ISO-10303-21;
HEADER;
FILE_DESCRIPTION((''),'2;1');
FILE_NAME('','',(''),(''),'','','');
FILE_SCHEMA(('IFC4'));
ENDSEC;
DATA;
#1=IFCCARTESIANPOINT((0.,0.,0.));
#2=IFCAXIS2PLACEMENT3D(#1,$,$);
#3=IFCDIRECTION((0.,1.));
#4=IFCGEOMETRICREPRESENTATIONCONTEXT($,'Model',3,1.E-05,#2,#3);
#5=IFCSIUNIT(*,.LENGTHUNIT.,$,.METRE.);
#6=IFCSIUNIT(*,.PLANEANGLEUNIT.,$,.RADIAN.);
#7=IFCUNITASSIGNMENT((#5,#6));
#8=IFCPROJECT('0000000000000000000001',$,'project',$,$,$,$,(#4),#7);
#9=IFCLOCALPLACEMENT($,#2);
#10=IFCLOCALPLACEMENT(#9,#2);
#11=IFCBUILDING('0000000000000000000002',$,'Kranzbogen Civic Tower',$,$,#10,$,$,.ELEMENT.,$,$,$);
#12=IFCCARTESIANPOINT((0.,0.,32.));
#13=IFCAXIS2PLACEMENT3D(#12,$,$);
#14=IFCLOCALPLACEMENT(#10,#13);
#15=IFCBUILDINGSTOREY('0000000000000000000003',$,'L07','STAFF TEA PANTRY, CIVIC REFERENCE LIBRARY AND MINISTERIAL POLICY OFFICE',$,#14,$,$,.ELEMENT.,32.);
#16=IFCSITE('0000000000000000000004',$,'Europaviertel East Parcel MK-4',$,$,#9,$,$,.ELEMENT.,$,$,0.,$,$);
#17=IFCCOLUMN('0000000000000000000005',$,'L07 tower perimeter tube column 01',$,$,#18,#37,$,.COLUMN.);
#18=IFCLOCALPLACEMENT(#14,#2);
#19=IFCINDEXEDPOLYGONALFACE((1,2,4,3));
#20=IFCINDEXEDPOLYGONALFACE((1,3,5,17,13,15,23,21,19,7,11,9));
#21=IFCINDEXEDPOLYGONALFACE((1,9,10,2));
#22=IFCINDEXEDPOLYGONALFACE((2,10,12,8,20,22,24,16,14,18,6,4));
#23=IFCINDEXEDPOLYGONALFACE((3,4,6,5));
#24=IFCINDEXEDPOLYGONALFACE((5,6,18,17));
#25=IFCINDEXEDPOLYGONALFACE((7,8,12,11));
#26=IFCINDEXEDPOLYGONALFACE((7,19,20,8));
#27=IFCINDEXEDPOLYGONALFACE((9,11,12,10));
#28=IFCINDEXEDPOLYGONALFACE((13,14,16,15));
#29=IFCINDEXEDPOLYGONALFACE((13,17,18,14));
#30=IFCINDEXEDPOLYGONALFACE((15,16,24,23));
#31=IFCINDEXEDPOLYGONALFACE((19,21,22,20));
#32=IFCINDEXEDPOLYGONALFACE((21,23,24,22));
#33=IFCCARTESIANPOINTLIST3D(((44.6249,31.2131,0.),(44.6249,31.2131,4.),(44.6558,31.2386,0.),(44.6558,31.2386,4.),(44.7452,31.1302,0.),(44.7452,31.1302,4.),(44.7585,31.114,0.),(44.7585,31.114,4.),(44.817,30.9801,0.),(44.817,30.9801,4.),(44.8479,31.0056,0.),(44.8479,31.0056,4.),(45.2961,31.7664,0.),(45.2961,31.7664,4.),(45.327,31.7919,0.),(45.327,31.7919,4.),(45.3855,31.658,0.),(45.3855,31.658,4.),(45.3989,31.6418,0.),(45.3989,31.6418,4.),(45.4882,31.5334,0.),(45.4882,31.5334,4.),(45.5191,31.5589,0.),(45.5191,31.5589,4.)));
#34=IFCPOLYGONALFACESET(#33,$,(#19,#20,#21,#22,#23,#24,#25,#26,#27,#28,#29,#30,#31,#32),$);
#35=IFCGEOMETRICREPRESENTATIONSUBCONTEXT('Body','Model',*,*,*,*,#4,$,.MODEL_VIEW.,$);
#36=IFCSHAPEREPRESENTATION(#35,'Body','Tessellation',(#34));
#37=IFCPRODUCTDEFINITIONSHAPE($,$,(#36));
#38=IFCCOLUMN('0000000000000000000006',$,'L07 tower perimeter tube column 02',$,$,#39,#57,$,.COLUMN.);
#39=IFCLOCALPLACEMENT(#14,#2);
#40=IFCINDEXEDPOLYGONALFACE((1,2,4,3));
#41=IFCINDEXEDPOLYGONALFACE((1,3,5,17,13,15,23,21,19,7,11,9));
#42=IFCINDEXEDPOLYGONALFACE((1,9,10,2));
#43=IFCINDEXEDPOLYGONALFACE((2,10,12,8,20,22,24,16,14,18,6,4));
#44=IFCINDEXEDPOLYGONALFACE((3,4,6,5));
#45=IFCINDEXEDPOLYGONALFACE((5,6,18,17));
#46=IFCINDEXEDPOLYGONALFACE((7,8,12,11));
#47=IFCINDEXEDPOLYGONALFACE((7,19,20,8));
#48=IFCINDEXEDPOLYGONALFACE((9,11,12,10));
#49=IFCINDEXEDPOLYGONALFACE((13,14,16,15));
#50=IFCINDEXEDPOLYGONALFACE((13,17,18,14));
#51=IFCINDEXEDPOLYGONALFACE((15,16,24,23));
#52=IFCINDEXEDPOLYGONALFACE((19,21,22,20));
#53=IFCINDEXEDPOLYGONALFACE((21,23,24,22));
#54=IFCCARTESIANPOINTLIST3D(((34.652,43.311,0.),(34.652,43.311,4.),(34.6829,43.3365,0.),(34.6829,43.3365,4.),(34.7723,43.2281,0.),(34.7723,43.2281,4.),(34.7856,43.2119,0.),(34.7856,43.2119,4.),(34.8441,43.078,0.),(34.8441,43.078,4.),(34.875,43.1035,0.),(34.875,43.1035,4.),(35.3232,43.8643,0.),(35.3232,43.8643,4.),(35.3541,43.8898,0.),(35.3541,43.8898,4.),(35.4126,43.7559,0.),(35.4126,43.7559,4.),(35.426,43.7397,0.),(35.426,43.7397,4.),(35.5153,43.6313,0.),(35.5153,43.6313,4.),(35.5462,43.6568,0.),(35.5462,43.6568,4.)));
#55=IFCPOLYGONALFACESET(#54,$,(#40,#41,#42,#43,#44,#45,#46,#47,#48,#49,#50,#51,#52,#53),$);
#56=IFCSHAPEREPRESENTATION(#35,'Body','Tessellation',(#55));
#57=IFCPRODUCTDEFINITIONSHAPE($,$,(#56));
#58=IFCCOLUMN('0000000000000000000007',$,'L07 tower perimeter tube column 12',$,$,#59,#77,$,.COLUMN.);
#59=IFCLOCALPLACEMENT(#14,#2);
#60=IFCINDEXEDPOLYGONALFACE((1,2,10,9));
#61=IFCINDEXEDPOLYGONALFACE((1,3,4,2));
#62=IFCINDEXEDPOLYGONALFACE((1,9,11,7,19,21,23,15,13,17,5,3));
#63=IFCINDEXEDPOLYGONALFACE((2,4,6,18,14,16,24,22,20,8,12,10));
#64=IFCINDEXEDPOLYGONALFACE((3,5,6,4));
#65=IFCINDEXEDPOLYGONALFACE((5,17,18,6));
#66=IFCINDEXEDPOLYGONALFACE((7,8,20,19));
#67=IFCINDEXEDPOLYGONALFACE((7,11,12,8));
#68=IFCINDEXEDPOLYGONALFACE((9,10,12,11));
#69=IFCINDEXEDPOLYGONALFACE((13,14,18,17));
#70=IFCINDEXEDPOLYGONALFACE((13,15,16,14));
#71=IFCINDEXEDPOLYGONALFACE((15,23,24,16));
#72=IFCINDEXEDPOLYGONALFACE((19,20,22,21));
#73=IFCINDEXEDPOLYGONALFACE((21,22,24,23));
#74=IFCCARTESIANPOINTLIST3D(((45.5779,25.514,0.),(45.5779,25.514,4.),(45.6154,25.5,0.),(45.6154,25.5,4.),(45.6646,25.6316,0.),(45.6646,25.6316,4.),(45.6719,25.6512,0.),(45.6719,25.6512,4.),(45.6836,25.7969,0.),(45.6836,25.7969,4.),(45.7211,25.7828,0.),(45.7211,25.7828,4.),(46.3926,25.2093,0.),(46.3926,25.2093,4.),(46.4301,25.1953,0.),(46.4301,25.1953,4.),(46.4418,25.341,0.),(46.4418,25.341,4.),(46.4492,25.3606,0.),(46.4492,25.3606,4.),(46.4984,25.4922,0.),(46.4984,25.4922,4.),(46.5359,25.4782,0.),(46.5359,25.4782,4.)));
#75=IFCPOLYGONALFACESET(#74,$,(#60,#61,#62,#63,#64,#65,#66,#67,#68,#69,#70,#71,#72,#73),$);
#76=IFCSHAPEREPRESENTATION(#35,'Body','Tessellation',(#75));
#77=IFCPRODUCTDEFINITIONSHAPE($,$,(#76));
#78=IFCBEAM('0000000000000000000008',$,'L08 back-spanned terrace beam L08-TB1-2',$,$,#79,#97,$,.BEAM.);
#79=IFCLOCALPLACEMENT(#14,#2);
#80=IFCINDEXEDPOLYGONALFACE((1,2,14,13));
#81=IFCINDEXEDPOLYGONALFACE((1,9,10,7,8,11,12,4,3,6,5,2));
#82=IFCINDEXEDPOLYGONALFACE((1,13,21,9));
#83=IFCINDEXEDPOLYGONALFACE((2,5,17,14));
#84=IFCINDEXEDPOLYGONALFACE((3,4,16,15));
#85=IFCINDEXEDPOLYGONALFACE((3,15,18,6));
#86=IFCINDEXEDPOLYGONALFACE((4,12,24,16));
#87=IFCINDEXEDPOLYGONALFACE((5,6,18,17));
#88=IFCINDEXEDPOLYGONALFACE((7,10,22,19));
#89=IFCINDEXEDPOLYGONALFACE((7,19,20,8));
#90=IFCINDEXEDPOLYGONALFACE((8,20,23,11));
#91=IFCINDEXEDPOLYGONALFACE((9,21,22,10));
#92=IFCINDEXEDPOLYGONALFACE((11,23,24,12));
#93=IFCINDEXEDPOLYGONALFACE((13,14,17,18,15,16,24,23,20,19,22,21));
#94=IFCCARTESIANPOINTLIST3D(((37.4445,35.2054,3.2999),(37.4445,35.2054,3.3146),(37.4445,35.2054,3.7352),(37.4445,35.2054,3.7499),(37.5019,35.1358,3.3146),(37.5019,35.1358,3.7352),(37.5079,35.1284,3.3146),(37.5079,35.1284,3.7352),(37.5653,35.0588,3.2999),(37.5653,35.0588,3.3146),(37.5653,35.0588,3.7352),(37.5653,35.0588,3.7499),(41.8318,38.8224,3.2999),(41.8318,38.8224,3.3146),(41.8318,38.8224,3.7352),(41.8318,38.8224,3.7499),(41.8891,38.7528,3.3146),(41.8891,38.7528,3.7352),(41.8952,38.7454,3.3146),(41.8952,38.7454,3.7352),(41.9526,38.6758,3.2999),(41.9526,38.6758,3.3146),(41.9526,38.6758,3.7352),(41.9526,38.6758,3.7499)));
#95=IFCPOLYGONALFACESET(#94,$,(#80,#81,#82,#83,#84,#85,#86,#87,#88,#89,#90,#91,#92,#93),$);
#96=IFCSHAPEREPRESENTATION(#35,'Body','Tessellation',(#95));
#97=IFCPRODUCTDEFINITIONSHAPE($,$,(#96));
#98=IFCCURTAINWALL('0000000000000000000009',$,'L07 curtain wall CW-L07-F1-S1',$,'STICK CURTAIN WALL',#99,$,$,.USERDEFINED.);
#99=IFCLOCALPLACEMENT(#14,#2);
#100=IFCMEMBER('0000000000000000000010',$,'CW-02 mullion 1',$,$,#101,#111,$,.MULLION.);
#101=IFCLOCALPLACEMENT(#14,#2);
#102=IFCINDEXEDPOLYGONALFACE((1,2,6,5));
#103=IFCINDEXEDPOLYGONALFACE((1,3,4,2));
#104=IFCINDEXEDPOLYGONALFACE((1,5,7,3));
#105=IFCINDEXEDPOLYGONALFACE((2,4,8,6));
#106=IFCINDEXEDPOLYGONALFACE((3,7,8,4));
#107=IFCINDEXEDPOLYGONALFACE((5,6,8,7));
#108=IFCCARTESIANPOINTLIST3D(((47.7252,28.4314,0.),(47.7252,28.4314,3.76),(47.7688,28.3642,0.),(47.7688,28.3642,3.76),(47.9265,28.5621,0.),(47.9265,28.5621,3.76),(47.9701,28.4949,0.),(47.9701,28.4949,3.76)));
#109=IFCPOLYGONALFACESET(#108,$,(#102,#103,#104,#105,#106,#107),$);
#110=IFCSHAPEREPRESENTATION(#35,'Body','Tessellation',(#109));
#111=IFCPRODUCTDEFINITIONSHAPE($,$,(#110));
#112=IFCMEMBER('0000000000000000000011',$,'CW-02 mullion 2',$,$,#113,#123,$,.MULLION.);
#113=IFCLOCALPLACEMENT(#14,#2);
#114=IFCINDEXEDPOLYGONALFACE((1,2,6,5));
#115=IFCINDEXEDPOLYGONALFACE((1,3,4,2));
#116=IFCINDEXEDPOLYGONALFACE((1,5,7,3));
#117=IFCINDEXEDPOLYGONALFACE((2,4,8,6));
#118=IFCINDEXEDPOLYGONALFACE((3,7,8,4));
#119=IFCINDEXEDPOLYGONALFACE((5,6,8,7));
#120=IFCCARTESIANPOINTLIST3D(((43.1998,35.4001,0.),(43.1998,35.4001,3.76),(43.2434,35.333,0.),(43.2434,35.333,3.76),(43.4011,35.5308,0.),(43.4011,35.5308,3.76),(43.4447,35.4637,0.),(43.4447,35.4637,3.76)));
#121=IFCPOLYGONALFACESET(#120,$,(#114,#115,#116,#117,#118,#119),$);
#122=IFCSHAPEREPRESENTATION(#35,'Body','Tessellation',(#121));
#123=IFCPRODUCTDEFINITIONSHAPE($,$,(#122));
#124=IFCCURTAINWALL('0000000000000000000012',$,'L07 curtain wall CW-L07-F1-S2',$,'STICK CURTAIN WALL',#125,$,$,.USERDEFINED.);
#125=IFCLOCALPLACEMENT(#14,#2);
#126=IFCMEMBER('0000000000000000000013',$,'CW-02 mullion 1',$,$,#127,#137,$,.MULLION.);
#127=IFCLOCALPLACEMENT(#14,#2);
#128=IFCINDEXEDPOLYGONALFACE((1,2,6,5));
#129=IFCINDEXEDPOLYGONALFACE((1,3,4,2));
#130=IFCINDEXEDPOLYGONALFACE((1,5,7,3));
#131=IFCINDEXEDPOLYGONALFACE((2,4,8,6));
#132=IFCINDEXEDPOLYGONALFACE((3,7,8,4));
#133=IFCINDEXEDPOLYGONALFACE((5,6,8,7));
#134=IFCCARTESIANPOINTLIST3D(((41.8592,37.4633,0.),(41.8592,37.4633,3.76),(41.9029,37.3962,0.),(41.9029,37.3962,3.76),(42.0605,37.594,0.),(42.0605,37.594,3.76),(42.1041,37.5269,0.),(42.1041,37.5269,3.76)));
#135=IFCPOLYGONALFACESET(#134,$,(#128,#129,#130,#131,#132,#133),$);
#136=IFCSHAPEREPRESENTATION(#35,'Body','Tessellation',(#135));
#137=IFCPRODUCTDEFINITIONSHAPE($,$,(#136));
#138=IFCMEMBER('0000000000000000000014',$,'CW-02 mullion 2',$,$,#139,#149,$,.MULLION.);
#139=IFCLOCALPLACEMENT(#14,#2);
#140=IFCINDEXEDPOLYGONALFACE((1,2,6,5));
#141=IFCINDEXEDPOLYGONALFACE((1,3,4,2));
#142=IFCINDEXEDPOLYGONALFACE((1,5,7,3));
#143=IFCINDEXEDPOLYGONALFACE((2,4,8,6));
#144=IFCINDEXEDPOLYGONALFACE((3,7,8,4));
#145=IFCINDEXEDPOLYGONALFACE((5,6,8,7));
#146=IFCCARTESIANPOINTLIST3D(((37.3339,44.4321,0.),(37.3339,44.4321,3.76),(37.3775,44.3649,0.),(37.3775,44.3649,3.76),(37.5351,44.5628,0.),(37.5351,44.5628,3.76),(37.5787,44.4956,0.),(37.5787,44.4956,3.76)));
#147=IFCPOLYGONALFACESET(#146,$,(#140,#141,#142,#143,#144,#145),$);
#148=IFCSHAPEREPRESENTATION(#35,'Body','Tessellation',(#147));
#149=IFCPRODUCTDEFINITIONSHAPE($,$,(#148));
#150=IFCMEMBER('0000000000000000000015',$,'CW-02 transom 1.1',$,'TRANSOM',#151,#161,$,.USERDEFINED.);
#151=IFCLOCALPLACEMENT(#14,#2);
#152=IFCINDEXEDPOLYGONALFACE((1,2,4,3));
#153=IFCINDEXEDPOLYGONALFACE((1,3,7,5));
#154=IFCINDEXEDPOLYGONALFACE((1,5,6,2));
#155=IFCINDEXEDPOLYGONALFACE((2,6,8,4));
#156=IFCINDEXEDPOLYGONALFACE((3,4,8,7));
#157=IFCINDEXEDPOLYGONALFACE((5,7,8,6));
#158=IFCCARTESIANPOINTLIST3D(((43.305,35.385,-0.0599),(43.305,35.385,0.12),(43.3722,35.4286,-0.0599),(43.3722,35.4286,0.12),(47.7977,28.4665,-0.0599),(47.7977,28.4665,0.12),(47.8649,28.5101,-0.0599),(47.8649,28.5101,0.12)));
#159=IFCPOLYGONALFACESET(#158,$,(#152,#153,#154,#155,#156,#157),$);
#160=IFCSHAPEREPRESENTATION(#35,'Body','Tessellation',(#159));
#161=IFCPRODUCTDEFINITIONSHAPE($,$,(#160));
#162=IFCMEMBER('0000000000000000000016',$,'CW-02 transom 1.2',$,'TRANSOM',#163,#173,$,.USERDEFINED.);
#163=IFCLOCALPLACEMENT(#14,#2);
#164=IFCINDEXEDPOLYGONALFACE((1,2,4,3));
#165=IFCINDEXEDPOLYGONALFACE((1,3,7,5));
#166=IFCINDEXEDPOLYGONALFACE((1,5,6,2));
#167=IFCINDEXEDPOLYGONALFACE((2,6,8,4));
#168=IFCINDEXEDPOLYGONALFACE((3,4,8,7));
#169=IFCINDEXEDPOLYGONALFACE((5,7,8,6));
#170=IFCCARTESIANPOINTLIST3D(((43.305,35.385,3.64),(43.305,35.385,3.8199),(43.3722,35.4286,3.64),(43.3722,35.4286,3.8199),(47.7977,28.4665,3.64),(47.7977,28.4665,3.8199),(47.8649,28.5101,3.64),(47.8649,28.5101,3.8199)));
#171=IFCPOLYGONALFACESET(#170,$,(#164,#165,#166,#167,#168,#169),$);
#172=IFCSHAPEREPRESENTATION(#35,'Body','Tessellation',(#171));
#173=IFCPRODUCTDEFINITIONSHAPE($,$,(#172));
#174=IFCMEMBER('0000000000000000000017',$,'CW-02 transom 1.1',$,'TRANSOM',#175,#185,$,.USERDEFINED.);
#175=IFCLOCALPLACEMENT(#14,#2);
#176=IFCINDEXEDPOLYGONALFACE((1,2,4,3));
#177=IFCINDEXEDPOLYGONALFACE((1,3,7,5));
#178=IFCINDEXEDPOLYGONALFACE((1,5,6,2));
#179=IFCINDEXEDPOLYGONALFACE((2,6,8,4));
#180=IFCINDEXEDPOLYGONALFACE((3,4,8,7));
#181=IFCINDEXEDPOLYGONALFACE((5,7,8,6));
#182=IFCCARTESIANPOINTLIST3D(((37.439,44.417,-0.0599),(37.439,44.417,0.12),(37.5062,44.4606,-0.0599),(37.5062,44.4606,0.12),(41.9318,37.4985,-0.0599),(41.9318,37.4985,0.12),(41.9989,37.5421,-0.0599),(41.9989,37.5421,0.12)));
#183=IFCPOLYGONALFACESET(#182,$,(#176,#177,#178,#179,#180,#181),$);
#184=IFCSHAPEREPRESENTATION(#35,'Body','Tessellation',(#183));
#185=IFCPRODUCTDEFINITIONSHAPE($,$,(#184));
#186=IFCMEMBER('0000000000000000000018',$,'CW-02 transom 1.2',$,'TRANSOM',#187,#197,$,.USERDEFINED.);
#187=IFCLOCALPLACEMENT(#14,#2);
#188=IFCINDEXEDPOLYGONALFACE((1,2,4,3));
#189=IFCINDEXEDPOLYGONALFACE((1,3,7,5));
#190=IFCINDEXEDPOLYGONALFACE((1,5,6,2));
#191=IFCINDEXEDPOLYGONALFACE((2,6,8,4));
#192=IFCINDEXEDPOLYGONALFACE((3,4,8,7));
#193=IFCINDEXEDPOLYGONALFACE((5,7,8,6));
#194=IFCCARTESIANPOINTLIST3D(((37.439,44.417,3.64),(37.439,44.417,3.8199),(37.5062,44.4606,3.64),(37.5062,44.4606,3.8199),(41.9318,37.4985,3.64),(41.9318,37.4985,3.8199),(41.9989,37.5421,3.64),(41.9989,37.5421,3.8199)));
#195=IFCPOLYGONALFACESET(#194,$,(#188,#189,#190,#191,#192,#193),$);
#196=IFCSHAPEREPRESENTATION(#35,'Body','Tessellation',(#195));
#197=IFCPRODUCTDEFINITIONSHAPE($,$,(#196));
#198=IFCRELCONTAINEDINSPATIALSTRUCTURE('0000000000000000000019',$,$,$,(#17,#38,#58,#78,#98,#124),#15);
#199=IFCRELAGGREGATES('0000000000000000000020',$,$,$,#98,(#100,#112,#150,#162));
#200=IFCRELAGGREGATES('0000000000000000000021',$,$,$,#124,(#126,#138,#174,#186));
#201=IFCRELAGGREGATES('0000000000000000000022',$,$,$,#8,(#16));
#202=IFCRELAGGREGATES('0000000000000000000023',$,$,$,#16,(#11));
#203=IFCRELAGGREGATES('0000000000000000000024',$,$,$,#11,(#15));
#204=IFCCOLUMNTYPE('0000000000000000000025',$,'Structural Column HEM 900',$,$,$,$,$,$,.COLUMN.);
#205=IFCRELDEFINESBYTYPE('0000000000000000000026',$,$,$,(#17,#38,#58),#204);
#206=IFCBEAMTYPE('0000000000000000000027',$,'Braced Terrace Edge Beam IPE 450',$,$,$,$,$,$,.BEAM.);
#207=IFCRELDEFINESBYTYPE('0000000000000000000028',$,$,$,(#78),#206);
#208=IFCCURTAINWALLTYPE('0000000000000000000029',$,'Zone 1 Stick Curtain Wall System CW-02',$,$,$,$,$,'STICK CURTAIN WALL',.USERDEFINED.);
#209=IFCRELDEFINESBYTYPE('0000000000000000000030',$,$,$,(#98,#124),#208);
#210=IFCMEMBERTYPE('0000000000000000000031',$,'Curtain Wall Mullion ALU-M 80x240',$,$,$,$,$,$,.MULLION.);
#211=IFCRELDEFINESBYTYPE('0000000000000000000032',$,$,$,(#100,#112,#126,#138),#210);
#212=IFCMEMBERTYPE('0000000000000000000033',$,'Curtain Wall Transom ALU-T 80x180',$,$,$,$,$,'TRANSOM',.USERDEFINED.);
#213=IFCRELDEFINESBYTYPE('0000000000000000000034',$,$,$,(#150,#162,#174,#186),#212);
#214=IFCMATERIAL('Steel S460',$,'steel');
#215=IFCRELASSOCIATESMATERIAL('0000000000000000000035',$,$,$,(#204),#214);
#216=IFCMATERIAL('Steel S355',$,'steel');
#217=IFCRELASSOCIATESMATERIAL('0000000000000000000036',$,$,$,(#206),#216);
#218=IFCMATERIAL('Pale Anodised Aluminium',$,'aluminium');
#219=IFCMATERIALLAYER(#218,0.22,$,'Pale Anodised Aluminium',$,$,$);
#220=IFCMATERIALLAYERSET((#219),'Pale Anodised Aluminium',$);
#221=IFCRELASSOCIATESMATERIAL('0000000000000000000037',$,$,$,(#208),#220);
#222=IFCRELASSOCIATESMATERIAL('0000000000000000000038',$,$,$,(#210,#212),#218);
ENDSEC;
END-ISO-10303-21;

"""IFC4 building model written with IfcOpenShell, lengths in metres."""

from ifc_helpers import new_model, si_unit, direction, frame, origin, origin_2d, place, context, subcontext, project, spatial, rectangle, i_section, extrude, material, layer, layer_set, material_profile, profile_set, type_object, element, aggregate, save


model = new_model("IFC4")

# Units and contexts
model_context = context("Model", 3, precision=1e-05, world=origin(), true_north=direction((0.0, 1.0)))
body_context = subcontext(model_context, "Body", "Model", "MODEL_VIEW")
ifc_project = project(units=[si_unit("LENGTHUNIT", "METRE"), si_unit("PLANEANGLEUNIT", "RADIAN")], contexts=[model_context])

# Site, building, storey
site_placement = place(None, origin())
site = spatial("IfcSite", under=ifc_project, at=site_placement, Name="Europaviertel East Parcel MK-4", CompositionType="ELEMENT", RefElevation=0.0)
building_placement = place(site_placement, origin())
building = spatial("IfcBuilding", under=site, at=building_placement, Name="Kranzbogen Civic Tower", CompositionType="ELEMENT")
storey_placement = place(building_placement, frame((0.0, 0.0, 32.0)))
storey = spatial("IfcBuildingStorey", under=building, at=storey_placement, Name="L07", Description="STAFF TEA PANTRY, CIVIC REFERENCE LIBRARY AND MINISTERIAL POLICY OFFICE", CompositionType="ELEMENT", Elevation=32.0)

# Columns
ifc_material_1 = material(Name="Steel S460", Category="steel")
ifc_material_profile_1 = material_profile(ifc_material_1, i_section(OverallWidth=0.302, OverallDepth=0.9099, WebThickness=0.021, FlangeThickness=0.04, at=origin_2d()), Name="HEM 900")
ifc_profile_set_1 = profile_set([ifc_material_profile_1], Name="Steel S460")
column_type = type_object("IfcColumnType", Name="Structural Column HEM 900", PredefinedType="COLUMN", material=ifc_profile_set_1)
for number, where, z_axis, x_axis, name in (
    (1, (45.072, 31.386, 0.0), (0.0, 0.0, 1.0), (-0.636078, 0.771625, 0.0), "L07 tower perimeter tube column 01"),
    (2, (35.0991, 43.4839, 0.0), (0.0, 0.0, 1.0), (-0.636078, 0.771625, 0.0), "L07 tower perimeter tube column 02"),
    (3, (46.0569, 25.4961, 0.0), (0.0, 0.0, 1.0), (0.350207, 0.936672, 0.0), "L07 tower perimeter tube column 12"),
):
    element("IfcColumn", number, at=place(storey_placement, frame(where, z_axis=z_axis, x_axis=x_axis)), inside=storey, type_object=column_type, Name=name, PredefinedType="COLUMN", context=body_context, shape_type="SweptSolid", body=[
        extrude(i_section(OverallWidth=0.302, OverallDepth=0.9099, WebThickness=0.021, FlangeThickness=0.04, at=origin_2d()), origin(), (0.0, 0.0, 1.0), 4.0),
    ])

# Beam
ifc_material_2 = material(Name="Steel S355", Category="steel")
ifc_material_profile_2 = material_profile(ifc_material_2, i_section(OverallWidth=0.1899, OverallDepth=0.45, WebThickness=0.0095, FlangeThickness=0.0146, at=origin_2d()), Name="IPE 450")
ifc_profile_set_2 = profile_set([ifc_material_profile_2], Name="Steel S355")
beam_type_1 = type_object("IfcBeamType", Name="Braced Terrace Edge Beam IPE 450", PredefinedType="BEAM", material=ifc_profile_set_2)
beam_1_placement = place(storey_placement, frame((37.5049, 35.1321, 3.5249), z_axis=(0.771589, 0.636121, 0.0), x_axis=(-0.636121, 0.771589, 0.0)))
element("IfcBeam", 4, at=beam_1_placement, inside=storey, type_object=beam_type_1, Name="L08 back-spanned terrace beam L08-TB1-2", PredefinedType="BEAM", context=body_context, shape_type="SweptSolid", body=[
    extrude(i_section(OverallWidth=0.1899, OverallDepth=0.45, WebThickness=0.0095, FlangeThickness=0.0146, at=origin_2d()), origin(), (0.0, 0.0, 1.0), 5.686),
])

# Curtain walls, members
ifc_material_3 = material(Name="Pale Anodised Aluminium", Category="aluminium")
ifc_layer_1 = layer(ifc_material_3, 0.22, Name="Pale Anodised Aluminium")
ifc_layer_set_1 = layer_set([ifc_layer_1], Name="Pale Anodised Aluminium")
curtain_wall_type = type_object("IfcCurtainWallType", Name="Zone 1 Stick Curtain Wall System CW-02", ElementType="STICK CURTAIN WALL", PredefinedType="USERDEFINED", material=ifc_layer_set_1)
curtain_wall_1_placement = place(storey_placement, origin())
curtain_wall_1 = element("IfcCurtainWall", 5, at=curtain_wall_1_placement, inside=storey, type_object=curtain_wall_type, Name="L07 curtain wall CW-L07-F1-S1", ObjectType="STICK CURTAIN WALL", PredefinedType="USERDEFINED")
ifc_material_profile_3 = material_profile(ifc_material_3, rectangle(XDim=0.0801, YDim=0.24, at=origin_2d()), Name="ALU-M 80x240")
ifc_profile_set_3 = profile_set([ifc_material_profile_3], Name="Pale Anodised Aluminium")
member_type_1 = type_object("IfcMemberType", Name="Curtain Wall Mullion ALU-M 80x240", PredefinedType="MULLION", material=ifc_profile_set_3)
member_1_placement = place(storey_placement, frame((47.8477, 28.4631, 0.0), z_axis=(0.0, 0.0, 1.0), x_axis=(-0.544623, 0.838681, 0.0)))
member_1 = element("IfcMember", 6, at=member_1_placement, type_object=member_type_1, Name="CW-02 mullion 1", PredefinedType="MULLION", context=body_context, shape_type="SweptSolid", body=[
    extrude(rectangle(XDim=0.0801, YDim=0.24, at=origin_2d()), origin(), (0.0, 0.0, 1.0), 3.76),
])
member_2_placement = place(storey_placement, frame((43.3223, 35.4319, 0.0), z_axis=(0.0, 0.0, 1.0), x_axis=(-0.544623, 0.838681, 0.0)))
member_2 = element("IfcMember", 7, at=member_2_placement, type_object=member_type_1, Name="CW-02 mullion 2", PredefinedType="MULLION", context=body_context, shape_type="SweptSolid", body=[
    extrude(rectangle(XDim=0.0801, YDim=0.24, at=origin_2d()), origin(), (0.0, 0.0, 1.0), 3.76),
])
curtain_wall_2_placement = place(storey_placement, origin())
curtain_wall_2 = element("IfcCurtainWall", 8, at=curtain_wall_2_placement, inside=storey, type_object=curtain_wall_type, Name="L07 curtain wall CW-L07-F1-S2", ObjectType="STICK CURTAIN WALL", PredefinedType="USERDEFINED")
member_3_placement = place(storey_placement, frame((41.9817, 37.4951, 0.0), z_axis=(0.0, 0.0, 1.0), x_axis=(-0.544623, 0.838681, 0.0)))
member_3 = element("IfcMember", 9, at=member_3_placement, type_object=member_type_1, Name="CW-02 mullion 1", PredefinedType="MULLION", context=body_context, shape_type="SweptSolid", body=[
    extrude(rectangle(XDim=0.0801, YDim=0.24, at=origin_2d()), origin(), (0.0, 0.0, 1.0), 3.76),
])
member_4_placement = place(storey_placement, frame((37.4563, 44.4639, 0.0), z_axis=(0.0, 0.0, 1.0), x_axis=(-0.544623, 0.838681, 0.0)))
member_4 = element("IfcMember", 10, at=member_4_placement, type_object=member_type_1, Name="CW-02 mullion 2", PredefinedType="MULLION", context=body_context, shape_type="SweptSolid", body=[
    extrude(rectangle(XDim=0.0801, YDim=0.24, at=origin_2d()), origin(), (0.0, 0.0, 1.0), 3.76),
])

# Members
ifc_material_profile_4 = material_profile(ifc_material_3, rectangle(XDim=0.0801, YDim=0.1799, at=origin_2d()), Name="ALU-T 80x180")
ifc_profile_set_4 = profile_set([ifc_material_profile_4], Name="Pale Anodised Aluminium")
member_type_2 = type_object("IfcMemberType", Name="Curtain Wall Transom ALU-T 80x180", ElementType="TRANSOM", PredefinedType="USERDEFINED", material=ifc_profile_set_4)
member_5_placement = place(storey_placement, frame((47.8313, 28.4883, 0.03), z_axis=(-0.54462, 0.838683, 0.0), x_axis=(-0.838683, -0.54462, 0.0)))
member_5 = element("IfcMember", 11, at=member_5_placement, type_object=member_type_2, Name="CW-02 transom 1.1", ObjectType="TRANSOM", PredefinedType="USERDEFINED", context=body_context, shape_type="SweptSolid", body=[
    extrude(rectangle(XDim=0.0801, YDim=0.1799, at=origin_2d()), origin(), (0.0, 0.0, 1.0), 8.2493),
])
member_6_placement = place(storey_placement, frame((47.8313, 28.4883, 3.73), z_axis=(-0.54462, 0.838683, 0.0), x_axis=(-0.838683, -0.54462, 0.0)))
member_6 = element("IfcMember", 12, at=member_6_placement, type_object=member_type_2, Name="CW-02 transom 1.2", ObjectType="TRANSOM", PredefinedType="USERDEFINED", context=body_context, shape_type="SweptSolid", body=[
    extrude(rectangle(XDim=0.0801, YDim=0.1799, at=origin_2d()), origin(), (0.0, 0.0, 1.0), 8.2493),
])
member_7_placement = place(storey_placement, frame((41.9653, 37.5203, 0.03), z_axis=(-0.54462, 0.838683, 0.0), x_axis=(-0.838683, -0.54462, 0.0)))
member_7 = element("IfcMember", 13, at=member_7_placement, type_object=member_type_2, Name="CW-02 transom 1.1", ObjectType="TRANSOM", PredefinedType="USERDEFINED", context=body_context, shape_type="SweptSolid", body=[
    extrude(rectangle(XDim=0.0801, YDim=0.1799, at=origin_2d()), origin(), (0.0, 0.0, 1.0), 8.2493),
])
member_8_placement = place(storey_placement, frame((41.9653, 37.5203, 3.73), z_axis=(-0.54462, 0.838683, 0.0), x_axis=(-0.838683, -0.54462, 0.0)))
member_8 = element("IfcMember", 14, at=member_8_placement, type_object=member_type_2, Name="CW-02 transom 1.2", ObjectType="TRANSOM", PredefinedType="USERDEFINED", context=body_context, shape_type="SweptSolid", body=[
    extrude(rectangle(XDim=0.0801, YDim=0.1799, at=origin_2d()), origin(), (0.0, 0.0, 1.0), 8.2493),
])

aggregate(curtain_wall_1, [member_1, member_2, member_5, member_6])
aggregate(curtain_wall_2, [member_3, member_4, member_7, member_8])

save(model, "model.ifc")
